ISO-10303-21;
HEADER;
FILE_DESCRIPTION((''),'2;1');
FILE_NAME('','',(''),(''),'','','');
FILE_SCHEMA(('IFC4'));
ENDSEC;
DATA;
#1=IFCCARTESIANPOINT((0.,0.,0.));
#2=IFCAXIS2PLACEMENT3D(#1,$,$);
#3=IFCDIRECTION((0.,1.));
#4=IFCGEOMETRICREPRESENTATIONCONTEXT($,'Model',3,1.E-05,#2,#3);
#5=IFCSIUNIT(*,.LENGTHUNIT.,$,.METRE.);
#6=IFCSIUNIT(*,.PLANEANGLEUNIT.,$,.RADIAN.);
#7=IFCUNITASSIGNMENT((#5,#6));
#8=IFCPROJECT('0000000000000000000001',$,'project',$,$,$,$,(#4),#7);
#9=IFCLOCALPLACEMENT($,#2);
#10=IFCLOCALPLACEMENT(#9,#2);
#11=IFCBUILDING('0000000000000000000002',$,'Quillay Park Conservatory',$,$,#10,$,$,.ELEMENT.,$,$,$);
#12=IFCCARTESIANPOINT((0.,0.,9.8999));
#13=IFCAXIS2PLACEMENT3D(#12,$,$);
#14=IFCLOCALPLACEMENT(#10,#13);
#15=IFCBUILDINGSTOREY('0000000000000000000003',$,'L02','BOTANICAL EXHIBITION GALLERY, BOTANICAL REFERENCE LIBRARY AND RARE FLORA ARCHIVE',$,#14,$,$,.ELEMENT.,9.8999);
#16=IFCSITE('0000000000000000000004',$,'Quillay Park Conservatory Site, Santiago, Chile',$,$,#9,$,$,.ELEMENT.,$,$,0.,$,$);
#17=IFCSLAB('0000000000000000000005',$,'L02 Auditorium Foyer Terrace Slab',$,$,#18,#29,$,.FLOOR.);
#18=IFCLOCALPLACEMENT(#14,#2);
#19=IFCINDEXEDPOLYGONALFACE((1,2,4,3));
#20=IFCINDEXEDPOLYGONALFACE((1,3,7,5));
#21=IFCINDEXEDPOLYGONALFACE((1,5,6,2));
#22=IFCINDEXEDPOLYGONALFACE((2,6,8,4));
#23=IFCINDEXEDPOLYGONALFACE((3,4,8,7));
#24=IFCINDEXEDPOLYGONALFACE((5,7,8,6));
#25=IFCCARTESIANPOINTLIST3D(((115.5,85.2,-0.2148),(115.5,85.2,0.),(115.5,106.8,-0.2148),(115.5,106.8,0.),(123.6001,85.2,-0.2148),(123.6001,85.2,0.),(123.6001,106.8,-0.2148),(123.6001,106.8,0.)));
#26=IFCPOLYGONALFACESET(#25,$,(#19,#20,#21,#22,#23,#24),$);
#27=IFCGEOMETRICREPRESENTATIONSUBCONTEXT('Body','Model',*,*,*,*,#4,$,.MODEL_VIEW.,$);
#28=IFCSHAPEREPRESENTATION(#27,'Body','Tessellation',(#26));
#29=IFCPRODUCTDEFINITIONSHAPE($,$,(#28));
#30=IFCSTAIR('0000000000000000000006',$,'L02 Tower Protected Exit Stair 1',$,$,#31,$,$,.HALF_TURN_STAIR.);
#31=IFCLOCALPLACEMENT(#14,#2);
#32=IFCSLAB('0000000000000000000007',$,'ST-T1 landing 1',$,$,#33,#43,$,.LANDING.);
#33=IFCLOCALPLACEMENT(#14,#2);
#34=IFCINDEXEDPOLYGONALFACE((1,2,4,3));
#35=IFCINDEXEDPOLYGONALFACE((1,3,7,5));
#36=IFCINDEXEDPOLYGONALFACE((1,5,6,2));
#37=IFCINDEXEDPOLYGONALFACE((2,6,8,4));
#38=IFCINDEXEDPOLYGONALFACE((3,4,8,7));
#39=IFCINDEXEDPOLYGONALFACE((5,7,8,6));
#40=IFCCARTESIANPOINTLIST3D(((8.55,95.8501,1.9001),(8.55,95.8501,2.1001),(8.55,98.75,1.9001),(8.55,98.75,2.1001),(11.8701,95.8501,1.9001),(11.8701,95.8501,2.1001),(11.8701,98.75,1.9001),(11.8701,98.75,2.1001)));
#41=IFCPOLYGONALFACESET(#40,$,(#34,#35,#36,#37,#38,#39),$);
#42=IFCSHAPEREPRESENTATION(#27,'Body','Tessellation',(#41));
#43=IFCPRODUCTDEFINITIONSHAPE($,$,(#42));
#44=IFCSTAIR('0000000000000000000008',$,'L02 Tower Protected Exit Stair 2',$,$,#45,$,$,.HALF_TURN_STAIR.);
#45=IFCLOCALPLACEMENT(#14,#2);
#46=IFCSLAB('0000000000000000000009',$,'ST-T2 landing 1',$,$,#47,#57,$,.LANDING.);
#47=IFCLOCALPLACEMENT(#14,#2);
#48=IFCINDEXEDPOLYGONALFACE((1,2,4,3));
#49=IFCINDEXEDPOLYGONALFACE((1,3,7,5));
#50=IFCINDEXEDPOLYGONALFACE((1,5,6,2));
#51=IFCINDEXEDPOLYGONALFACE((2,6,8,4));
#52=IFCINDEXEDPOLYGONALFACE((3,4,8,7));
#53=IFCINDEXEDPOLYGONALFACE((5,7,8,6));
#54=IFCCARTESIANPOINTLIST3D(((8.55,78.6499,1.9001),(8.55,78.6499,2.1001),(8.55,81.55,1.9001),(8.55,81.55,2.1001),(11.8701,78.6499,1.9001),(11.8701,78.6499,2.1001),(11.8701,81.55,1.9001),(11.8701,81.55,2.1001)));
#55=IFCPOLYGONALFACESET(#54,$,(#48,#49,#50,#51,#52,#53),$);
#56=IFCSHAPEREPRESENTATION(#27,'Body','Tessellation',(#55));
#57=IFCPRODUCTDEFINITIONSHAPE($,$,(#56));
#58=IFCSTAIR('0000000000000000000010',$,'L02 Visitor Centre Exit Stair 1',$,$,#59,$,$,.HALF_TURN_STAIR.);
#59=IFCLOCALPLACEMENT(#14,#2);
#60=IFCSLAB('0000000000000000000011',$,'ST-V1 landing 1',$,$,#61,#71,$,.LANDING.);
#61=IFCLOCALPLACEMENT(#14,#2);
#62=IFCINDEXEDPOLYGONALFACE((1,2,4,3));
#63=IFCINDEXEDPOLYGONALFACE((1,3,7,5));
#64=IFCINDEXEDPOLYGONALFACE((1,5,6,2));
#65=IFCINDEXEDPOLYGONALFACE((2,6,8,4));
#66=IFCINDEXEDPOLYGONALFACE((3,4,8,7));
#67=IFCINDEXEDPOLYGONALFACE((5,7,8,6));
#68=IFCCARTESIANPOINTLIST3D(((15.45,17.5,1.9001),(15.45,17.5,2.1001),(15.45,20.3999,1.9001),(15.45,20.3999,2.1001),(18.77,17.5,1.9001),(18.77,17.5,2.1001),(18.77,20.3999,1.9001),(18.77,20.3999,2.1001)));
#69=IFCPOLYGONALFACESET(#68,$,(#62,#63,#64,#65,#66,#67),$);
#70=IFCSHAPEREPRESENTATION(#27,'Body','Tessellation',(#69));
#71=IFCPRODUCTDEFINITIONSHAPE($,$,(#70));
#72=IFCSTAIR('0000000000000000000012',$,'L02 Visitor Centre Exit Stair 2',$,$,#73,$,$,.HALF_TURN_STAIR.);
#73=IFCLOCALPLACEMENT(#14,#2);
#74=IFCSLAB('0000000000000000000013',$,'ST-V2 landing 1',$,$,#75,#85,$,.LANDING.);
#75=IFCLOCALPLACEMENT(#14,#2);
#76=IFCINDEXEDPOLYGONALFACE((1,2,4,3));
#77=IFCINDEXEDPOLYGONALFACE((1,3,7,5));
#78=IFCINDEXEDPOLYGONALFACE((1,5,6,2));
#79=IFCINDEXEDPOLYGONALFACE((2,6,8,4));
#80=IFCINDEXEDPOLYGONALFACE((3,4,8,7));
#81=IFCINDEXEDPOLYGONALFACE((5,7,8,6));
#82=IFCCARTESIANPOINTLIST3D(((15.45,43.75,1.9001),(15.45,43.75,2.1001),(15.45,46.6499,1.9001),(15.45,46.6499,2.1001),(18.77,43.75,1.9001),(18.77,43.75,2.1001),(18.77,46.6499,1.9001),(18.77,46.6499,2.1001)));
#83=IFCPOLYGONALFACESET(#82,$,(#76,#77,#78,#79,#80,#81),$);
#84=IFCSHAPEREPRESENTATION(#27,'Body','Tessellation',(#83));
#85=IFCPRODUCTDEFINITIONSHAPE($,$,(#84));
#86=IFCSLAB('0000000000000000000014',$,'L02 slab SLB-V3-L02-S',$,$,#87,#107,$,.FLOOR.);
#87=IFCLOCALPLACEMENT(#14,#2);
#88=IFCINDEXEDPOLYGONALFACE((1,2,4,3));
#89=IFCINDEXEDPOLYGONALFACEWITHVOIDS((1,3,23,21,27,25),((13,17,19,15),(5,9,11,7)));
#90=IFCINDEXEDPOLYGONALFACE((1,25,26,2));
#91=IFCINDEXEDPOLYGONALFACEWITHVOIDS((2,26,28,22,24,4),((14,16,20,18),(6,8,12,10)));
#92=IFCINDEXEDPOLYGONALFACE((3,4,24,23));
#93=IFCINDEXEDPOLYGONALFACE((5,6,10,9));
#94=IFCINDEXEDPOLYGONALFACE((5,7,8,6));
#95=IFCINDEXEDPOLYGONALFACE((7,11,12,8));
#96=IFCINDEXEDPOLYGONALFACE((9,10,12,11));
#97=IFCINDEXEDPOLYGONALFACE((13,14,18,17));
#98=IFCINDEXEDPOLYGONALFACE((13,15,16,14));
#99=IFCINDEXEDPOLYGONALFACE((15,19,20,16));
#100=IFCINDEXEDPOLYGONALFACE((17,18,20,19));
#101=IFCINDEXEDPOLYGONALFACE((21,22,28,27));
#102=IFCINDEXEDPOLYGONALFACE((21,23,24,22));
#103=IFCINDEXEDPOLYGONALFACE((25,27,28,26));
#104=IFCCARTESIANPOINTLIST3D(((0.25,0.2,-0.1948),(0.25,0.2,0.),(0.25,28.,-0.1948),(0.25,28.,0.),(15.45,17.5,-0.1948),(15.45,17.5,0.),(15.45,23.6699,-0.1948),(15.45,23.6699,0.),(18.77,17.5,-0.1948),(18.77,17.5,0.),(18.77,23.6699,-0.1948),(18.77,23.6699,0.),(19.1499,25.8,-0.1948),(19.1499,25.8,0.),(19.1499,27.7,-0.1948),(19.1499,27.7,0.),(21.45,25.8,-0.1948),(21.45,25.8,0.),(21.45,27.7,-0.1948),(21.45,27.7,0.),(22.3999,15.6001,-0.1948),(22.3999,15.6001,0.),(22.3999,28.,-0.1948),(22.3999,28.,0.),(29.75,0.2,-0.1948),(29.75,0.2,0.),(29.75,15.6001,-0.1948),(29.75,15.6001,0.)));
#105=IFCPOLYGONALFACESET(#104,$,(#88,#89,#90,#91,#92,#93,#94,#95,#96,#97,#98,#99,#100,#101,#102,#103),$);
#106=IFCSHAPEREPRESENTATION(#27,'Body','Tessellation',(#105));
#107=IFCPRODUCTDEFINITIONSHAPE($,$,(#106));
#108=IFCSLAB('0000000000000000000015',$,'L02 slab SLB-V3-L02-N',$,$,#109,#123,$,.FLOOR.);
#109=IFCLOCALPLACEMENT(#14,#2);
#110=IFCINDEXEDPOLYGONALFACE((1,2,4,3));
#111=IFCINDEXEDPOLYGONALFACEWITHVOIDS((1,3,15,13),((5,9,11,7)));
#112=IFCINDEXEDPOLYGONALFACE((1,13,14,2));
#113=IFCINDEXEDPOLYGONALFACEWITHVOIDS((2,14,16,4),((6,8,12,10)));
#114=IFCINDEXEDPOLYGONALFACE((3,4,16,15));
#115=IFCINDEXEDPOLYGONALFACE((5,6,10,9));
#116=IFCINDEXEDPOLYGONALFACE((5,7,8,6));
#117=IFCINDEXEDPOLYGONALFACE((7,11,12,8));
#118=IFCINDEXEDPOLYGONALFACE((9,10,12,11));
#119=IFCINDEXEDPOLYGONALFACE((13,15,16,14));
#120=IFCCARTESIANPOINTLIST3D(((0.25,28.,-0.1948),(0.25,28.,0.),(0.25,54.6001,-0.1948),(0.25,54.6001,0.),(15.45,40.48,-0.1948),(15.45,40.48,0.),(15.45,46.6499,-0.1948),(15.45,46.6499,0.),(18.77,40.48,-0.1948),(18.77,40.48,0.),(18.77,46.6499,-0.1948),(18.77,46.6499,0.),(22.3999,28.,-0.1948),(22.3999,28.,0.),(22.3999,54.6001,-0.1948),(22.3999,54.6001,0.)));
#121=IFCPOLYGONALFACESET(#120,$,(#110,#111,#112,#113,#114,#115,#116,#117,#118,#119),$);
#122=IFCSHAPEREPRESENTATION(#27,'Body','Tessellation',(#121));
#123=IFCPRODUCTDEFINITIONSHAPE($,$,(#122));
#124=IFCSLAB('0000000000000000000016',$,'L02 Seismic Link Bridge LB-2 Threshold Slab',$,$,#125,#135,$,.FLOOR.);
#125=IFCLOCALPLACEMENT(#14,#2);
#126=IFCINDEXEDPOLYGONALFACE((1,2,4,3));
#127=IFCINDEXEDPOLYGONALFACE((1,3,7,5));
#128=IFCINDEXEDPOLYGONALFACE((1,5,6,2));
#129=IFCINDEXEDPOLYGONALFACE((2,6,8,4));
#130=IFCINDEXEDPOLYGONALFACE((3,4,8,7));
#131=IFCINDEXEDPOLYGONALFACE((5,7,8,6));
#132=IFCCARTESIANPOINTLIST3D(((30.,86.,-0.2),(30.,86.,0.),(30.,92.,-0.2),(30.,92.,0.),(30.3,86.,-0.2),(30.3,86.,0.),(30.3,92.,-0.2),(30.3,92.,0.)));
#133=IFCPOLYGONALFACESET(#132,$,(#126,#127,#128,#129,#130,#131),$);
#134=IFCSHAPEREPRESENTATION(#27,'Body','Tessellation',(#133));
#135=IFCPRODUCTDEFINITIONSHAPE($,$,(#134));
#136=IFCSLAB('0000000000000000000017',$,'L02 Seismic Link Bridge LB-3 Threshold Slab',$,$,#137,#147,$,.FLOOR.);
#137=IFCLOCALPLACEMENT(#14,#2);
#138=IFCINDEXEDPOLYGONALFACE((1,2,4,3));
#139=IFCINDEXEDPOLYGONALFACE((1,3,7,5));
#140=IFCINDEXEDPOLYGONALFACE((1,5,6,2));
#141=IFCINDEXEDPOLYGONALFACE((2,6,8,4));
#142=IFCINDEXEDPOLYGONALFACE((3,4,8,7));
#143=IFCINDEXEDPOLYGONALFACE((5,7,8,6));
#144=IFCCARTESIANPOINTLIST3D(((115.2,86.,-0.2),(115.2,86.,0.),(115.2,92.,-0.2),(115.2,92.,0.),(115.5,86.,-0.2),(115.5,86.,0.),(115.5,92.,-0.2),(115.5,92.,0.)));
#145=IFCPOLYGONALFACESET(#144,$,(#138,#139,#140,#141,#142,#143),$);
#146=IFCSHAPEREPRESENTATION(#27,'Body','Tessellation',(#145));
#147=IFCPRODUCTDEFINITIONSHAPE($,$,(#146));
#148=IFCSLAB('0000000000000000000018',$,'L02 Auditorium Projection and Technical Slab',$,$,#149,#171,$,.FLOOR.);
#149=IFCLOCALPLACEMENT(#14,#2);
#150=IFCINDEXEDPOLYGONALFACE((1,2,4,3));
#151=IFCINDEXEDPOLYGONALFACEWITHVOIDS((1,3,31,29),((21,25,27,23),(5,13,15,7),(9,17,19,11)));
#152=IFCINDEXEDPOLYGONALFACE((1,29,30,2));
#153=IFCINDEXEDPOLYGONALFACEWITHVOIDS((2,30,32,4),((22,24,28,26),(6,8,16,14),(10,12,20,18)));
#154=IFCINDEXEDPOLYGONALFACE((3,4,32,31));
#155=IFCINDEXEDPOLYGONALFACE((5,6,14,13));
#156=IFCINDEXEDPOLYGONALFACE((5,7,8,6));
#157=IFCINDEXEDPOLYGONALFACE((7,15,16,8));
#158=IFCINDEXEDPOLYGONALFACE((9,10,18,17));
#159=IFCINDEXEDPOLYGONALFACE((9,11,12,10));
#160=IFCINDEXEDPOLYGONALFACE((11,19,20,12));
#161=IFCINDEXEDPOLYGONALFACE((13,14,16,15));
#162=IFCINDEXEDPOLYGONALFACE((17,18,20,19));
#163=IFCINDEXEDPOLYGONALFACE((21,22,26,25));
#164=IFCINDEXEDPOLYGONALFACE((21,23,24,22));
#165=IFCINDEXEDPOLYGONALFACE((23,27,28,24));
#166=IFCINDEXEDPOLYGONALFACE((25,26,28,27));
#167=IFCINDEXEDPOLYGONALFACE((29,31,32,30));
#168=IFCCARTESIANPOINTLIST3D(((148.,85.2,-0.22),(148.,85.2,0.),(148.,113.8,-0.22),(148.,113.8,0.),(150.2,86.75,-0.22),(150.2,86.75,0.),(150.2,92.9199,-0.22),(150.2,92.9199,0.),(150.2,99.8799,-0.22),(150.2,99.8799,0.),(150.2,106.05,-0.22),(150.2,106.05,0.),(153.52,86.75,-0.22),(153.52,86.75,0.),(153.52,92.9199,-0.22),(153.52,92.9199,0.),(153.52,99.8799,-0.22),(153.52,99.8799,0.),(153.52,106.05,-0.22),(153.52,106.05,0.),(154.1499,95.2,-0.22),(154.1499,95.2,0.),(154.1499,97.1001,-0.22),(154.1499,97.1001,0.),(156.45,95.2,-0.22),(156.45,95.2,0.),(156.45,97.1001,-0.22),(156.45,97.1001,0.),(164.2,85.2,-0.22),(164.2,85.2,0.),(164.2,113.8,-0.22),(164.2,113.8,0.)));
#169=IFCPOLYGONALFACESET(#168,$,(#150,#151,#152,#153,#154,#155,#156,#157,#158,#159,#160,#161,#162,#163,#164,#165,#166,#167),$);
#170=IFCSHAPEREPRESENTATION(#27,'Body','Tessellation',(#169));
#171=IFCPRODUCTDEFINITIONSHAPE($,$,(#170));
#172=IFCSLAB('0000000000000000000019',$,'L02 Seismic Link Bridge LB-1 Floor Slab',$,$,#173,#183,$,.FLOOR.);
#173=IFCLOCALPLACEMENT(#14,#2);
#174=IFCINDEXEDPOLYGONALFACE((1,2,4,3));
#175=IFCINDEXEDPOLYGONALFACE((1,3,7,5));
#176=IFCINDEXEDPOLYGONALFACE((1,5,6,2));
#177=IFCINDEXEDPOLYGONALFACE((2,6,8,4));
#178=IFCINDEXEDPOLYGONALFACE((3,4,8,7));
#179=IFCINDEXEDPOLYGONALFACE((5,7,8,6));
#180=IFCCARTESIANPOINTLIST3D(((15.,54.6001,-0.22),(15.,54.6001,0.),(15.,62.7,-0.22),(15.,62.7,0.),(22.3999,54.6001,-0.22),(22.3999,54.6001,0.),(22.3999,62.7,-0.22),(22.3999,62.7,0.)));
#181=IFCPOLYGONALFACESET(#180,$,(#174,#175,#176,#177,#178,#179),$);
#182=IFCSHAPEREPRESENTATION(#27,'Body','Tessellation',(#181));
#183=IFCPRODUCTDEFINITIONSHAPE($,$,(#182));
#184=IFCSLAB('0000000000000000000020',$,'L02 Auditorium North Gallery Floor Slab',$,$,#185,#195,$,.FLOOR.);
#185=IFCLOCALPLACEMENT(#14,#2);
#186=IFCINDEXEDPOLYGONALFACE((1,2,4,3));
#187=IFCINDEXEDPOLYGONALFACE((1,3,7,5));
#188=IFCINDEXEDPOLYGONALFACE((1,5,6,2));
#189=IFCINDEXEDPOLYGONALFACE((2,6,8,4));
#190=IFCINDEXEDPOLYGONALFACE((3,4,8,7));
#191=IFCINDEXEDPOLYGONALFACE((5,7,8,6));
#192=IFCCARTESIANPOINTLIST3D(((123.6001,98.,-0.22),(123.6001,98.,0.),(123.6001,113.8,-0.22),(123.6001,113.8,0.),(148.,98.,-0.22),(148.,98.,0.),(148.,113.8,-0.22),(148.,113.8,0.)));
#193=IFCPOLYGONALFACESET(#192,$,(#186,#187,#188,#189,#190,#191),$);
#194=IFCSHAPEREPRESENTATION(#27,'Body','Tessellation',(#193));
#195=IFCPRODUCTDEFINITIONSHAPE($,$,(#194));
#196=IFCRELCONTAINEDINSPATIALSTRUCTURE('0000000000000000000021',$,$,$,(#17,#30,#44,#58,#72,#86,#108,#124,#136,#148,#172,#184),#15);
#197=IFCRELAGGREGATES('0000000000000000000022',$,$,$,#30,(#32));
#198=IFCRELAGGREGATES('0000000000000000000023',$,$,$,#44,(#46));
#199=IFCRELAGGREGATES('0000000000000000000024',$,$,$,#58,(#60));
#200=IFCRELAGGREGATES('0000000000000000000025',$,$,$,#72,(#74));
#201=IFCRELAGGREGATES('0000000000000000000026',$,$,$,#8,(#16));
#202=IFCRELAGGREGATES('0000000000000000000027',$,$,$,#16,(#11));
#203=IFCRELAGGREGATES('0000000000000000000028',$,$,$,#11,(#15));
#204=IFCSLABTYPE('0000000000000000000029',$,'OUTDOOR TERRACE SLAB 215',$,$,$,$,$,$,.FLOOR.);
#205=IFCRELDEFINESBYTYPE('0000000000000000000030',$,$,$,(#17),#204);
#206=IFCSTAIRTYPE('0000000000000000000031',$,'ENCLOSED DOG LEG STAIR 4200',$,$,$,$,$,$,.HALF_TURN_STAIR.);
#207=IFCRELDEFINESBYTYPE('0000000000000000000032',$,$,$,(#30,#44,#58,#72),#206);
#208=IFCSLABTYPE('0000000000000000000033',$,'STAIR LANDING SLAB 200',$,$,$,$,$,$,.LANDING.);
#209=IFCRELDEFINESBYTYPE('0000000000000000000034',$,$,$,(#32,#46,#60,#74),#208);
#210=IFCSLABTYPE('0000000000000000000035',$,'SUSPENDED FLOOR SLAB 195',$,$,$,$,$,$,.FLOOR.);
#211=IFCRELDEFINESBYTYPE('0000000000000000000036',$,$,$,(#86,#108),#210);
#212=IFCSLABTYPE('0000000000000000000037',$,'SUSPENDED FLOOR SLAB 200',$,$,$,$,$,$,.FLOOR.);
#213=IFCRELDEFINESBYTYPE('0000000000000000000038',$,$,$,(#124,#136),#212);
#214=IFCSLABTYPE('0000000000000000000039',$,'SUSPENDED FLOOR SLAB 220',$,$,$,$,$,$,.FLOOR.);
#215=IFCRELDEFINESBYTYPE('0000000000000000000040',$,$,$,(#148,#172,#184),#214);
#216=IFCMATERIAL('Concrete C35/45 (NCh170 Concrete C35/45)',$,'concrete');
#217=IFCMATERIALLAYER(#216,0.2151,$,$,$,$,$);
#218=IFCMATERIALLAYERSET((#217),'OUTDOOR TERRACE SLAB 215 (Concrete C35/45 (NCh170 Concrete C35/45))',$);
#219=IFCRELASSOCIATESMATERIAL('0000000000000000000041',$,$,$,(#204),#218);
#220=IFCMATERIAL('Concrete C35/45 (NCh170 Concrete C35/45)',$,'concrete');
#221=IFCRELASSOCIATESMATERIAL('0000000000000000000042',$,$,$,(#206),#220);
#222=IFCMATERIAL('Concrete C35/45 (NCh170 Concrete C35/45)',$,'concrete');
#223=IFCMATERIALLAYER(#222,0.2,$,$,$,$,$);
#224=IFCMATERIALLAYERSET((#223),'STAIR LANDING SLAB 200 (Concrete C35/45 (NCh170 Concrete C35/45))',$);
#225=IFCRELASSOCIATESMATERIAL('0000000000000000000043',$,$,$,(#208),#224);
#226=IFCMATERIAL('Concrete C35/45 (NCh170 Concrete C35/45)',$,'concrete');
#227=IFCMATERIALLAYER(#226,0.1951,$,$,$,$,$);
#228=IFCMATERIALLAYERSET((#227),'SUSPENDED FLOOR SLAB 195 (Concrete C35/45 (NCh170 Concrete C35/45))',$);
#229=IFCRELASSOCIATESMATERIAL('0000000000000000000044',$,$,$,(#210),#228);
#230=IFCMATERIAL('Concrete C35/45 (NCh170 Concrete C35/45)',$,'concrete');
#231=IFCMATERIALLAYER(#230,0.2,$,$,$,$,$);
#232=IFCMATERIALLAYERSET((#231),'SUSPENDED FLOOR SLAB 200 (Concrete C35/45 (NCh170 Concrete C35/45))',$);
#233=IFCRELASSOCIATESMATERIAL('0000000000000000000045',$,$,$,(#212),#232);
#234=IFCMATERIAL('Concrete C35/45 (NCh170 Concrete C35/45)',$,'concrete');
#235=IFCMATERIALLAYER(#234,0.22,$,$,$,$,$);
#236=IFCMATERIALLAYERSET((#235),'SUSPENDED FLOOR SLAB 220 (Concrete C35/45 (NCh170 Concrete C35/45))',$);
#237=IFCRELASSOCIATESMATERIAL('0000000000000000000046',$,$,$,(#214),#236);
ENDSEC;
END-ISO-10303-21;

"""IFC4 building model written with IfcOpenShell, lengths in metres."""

from ifc_helpers import new_model, si_unit, direction, frame, origin, place, context, subcontext, project, spatial, polyline, outline, extrude, material, layer, layer_set, type_object, element, aggregate, save


model = new_model("IFC4")

# Units and contexts
model_context = context("Model", 3, precision=1e-05, world=origin(), true_north=direction((0.0, 1.0)))
body_context = subcontext(model_context, "Body", "Model", "MODEL_VIEW")
ifc_project = project(units=[si_unit("LENGTHUNIT", "METRE"), si_unit("PLANEANGLEUNIT", "RADIAN")], contexts=[model_context])

# Site, building, storey
site_placement = place(None, origin())
site = spatial("IfcSite", under=ifc_project, at=site_placement, Name="Quillay Park Conservatory Site, Santiago, Chile", CompositionType="ELEMENT", RefElevation=0.0)
building_placement = place(site_placement, origin())
building = spatial("IfcBuilding", under=site, at=building_placement, Name="Quillay Park Conservatory", CompositionType="ELEMENT")
storey_placement = place(building_placement, frame((0.0, 0.0, 9.8999)))
storey = spatial("IfcBuildingStorey", under=building, at=storey_placement, Name="L02", Description="BOTANICAL EXHIBITION GALLERY, BOTANICAL REFERENCE LIBRARY AND RARE FLORA ARCHIVE", CompositionType="ELEMENT", Elevation=9.8999)

# Slab
ifc_material_1 = material(Name="Concrete C35/45 (NCh170 Concrete C35/45)", Category="concrete")
ifc_layer_1 = layer(ifc_material_1, 0.2151)
ifc_layer_set_1 = layer_set([ifc_layer_1], Name="OUTDOOR TERRACE SLAB 215 (Concrete C35/45 (NCh170 Concrete C35/45))")
slab_type_1 = type_object("IfcSlabType", Name="OUTDOOR TERRACE SLAB 215", PredefinedType="FLOOR", material=ifc_layer_set_1)
slab_1_placement = place(storey_placement, frame((0.0, 0.0, -0.2148)))
element("IfcSlab", 1, at=slab_1_placement, inside=storey, type_object=slab_type_1, Name="L02 Auditorium Foyer Terrace Slab", PredefinedType="FLOOR", context=body_context, shape_type="SweptSolid", body=[
    extrude(outline(polyline([(115.5, 85.2), (123.6001, 85.2), (123.6001, 106.8), (115.5, 106.8), (115.5, 85.2)])), origin(), (0.0, 0.0, 1.0), 0.2148),
])

# Stairs, slabs
ifc_material_2 = material(Name="Concrete C35/45 (NCh170 Concrete C35/45)", Category="concrete")
stair_type = type_object("IfcStairType", Name="ENCLOSED DOG LEG STAIR 4200", PredefinedType="HALF_TURN_STAIR", material=ifc_material_2)
stair_1_placement = place(storey_placement, origin())
stair_1 = element("IfcStair", 2, at=stair_1_placement, inside=storey, type_object=stair_type, Name="L02 Tower Protected Exit Stair 1", PredefinedType="HALF_TURN_STAIR")
ifc_material_3 = material(Name="Concrete C35/45 (NCh170 Concrete C35/45)", Category="concrete")
ifc_layer_2 = layer(ifc_material_3, 0.2)
ifc_layer_set_2 = layer_set([ifc_layer_2], Name="STAIR LANDING SLAB 200 (Concrete C35/45 (NCh170 Concrete C35/45))")
slab_type_2 = type_object("IfcSlabType", Name="STAIR LANDING SLAB 200", PredefinedType="LANDING", material=ifc_layer_set_2)
slab_2_placement = place(storey_placement, frame((0.0, 0.0, 1.9001)))
slab_2 = element("IfcSlab", 3, at=slab_2_placement, type_object=slab_type_2, Name="ST-T1 landing 1", PredefinedType="LANDING", context=body_context, shape_type="SweptSolid", body=[
    extrude(outline(polyline([(11.8701, 95.8501), (11.8701, 98.75), (8.55, 98.75), (8.55, 95.8501), (11.8701, 95.8501)])), origin(), (0.0, 0.0, 1.0), 0.2),
])
aggregate(stair_1, [slab_2])
stair_2_placement = place(storey_placement, origin())
stair_2 = element("IfcStair", 4, at=stair_2_placement, inside=storey, type_object=stair_type, Name="L02 Tower Protected Exit Stair 2", PredefinedType="HALF_TURN_STAIR")
slab_3_placement = place(storey_placement, frame((0.0, 0.0, 1.9001)))
slab_3 = element("IfcSlab", 5, at=slab_3_placement, type_object=slab_type_2, Name="ST-T2 landing 1", PredefinedType="LANDING", context=body_context, shape_type="SweptSolid", body=[
    extrude(outline(polyline([(8.55, 81.55), (8.55, 78.6499), (11.8701, 78.6499), (11.8701, 81.55), (8.55, 81.55)])), origin(), (0.0, 0.0, 1.0), 0.2),
])
aggregate(stair_2, [slab_3])
stair_3_placement = place(storey_placement, origin())
stair_3 = element("IfcStair", 6, at=stair_3_placement, inside=storey, type_object=stair_type, Name="L02 Visitor Centre Exit Stair 1", PredefinedType="HALF_TURN_STAIR")
slab_4_placement = place(storey_placement, frame((0.0, 0.0, 1.9001)))
slab_4 = element("IfcSlab", 7, at=slab_4_placement, type_object=slab_type_2, Name="ST-V1 landing 1", PredefinedType="LANDING", context=body_context, shape_type="SweptSolid", body=[
    extrude(outline(polyline([(15.45, 20.3999), (15.45, 17.5), (18.77, 17.5), (18.77, 20.3999), (15.45, 20.3999)])), origin(), (0.0, 0.0, 1.0), 0.2),
])
aggregate(stair_3, [slab_4])
stair_4_placement = place(storey_placement, origin())
stair_4 = element("IfcStair", 8, at=stair_4_placement, inside=storey, type_object=stair_type, Name="L02 Visitor Centre Exit Stair 2", PredefinedType="HALF_TURN_STAIR")
slab_5_placement = place(storey_placement, frame((0.0, 0.0, 1.9001)))
slab_5 = element("IfcSlab", 9, at=slab_5_placement, type_object=slab_type_2, Name="ST-V2 landing 1", PredefinedType="LANDING", context=body_context, shape_type="SweptSolid", body=[
    extrude(outline(polyline([(18.77, 43.75), (18.77, 46.6499), (15.45, 46.6499), (15.45, 43.75), (18.77, 43.75)])), origin(), (0.0, 0.0, 1.0), 0.2),
])
aggregate(stair_4, [slab_5])

# Slabs
ifc_material_4 = material(Name="Concrete C35/45 (NCh170 Concrete C35/45)", Category="concrete")
ifc_layer_3 = layer(ifc_material_4, 0.1951)
ifc_layer_set_3 = layer_set([ifc_layer_3], Name="SUSPENDED FLOOR SLAB 195 (Concrete C35/45 (NCh170 Concrete C35/45))")
slab_type_3 = type_object("IfcSlabType", Name="SUSPENDED FLOOR SLAB 195", PredefinedType="FLOOR", material=ifc_layer_set_3)
slab_6_placement = place(storey_placement, frame((0.0, 0.0, -0.1948)))
element("IfcSlab", 10, at=slab_6_placement, inside=storey, type_object=slab_type_3, Name="L02 slab SLB-V3-L02-S", PredefinedType="FLOOR", context=body_context, shape_type="SweptSolid", body=[
    extrude(outline(polyline([(0.25, 0.2), (29.75, 0.2), (29.75, 15.6001), (22.3999, 15.6001), (22.3999, 28.0), (0.25, 28.0), (0.25, 0.2)]), holes=[polyline([(15.45, 17.5), (18.77, 17.5), (18.77, 23.6699), (15.45, 23.6699), (15.45, 17.5)]), polyline([(19.1499, 25.8), (21.45, 25.8), (21.45, 27.7), (19.1499, 27.7), (19.1499, 25.8)])]), origin(), (0.0, 0.0, 1.0), 0.1948),
])
slab_7_placement = place(storey_placement, frame((0.0, 0.0, -0.1948)))
element("IfcSlab", 11, at=slab_7_placement, inside=storey, type_object=slab_type_3, Name="L02 slab SLB-V3-L02-N", PredefinedType="FLOOR", context=body_context, shape_type="SweptSolid", body=[
    extrude(outline(polyline([(0.25, 28.0), (22.3999, 28.0), (22.3999, 54.6001), (0.25, 54.6001), (0.25, 28.0)]), holes=[polyline([(15.45, 40.48), (18.77, 40.48), (18.77, 46.6499), (15.45, 46.6499), (15.45, 40.48)])]), origin(), (0.0, 0.0, 1.0), 0.1948),
])
ifc_material_5 = material(Name="Concrete C35/45 (NCh170 Concrete C35/45)", Category="concrete")
ifc_layer_4 = layer(ifc_material_5, 0.2)
ifc_layer_set_4 = layer_set([ifc_layer_4], Name="SUSPENDED FLOOR SLAB 200 (Concrete C35/45 (NCh170 Concrete C35/45))")
slab_type_4 = type_object("IfcSlabType", Name="SUSPENDED FLOOR SLAB 200", PredefinedType="FLOOR", material=ifc_layer_set_4)
slab_8_placement = place(storey_placement, frame((0.0, 0.0, -0.2)))
element("IfcSlab", 12, at=slab_8_placement, inside=storey, type_object=slab_type_4, Name="L02 Seismic Link Bridge LB-2 Threshold Slab", PredefinedType="FLOOR", context=body_context, shape_type="SweptSolid", body=[
    extrude(outline(polyline([(30.0, 86.0), (30.3, 86.0), (30.3, 92.0), (30.0, 92.0), (30.0, 86.0)])), origin(), (0.0, 0.0, 1.0), 0.2),
])
slab_9_placement = place(storey_placement, frame((0.0, 0.0, -0.2)))
element("IfcSlab", 13, at=slab_9_placement, inside=storey, type_object=slab_type_4, Name="L02 Seismic Link Bridge LB-3 Threshold Slab", PredefinedType="FLOOR", context=body_context, shape_type="SweptSolid", body=[
    extrude(outline(polyline([(115.2, 86.0), (115.5, 86.0), (115.5, 92.0), (115.2, 92.0), (115.2, 86.0)])), origin(), (0.0, 0.0, 1.0), 0.2),
])
ifc_material_6 = material(Name="Concrete C35/45 (NCh170 Concrete C35/45)", Category="concrete")
ifc_layer_5 = layer(ifc_material_6, 0.22)
ifc_layer_set_5 = layer_set([ifc_layer_5], Name="SUSPENDED FLOOR SLAB 220 (Concrete C35/45 (NCh170 Concrete C35/45))")
slab_type_5 = type_object("IfcSlabType", Name="SUSPENDED FLOOR SLAB 220", PredefinedType="FLOOR", material=ifc_layer_set_5)
slab_10_placement = place(storey_placement, frame((0.0, 0.0, -0.22)))
element("IfcSlab", 14, at=slab_10_placement, inside=storey, type_object=slab_type_5, Name="L02 Auditorium Projection and Technical Slab", PredefinedType="FLOOR", context=body_context, shape_type="SweptSolid", body=[
    extrude(outline(polyline([(148.0, 85.2), (164.2, 85.2), (164.2, 113.8), (148.0, 113.8), (148.0, 85.2)]), holes=[polyline([(150.2, 86.75), (153.52, 86.75), (153.52, 92.9199), (150.2, 92.9199), (150.2, 86.75)]), polyline([(150.2, 99.8799), (153.52, 99.8799), (153.52, 106.05), (150.2, 106.05), (150.2, 99.8799)]), polyline([(154.1499, 95.2), (156.45, 95.2), (156.45, 97.1001), (154.1499, 97.1001), (154.1499, 95.2)])]), origin(), (0.0, 0.0, 1.0), 0.22),
])
slab_11_placement = place(storey_placement, frame((0.0, 0.0, -0.22)))
element("IfcSlab", 15, at=slab_11_placement, inside=storey, type_object=slab_type_5, Name="L02 Seismic Link Bridge LB-1 Floor Slab", PredefinedType="FLOOR", context=body_context, shape_type="SweptSolid", body=[
    extrude(outline(polyline([(15.0, 54.6001), (22.3999, 54.6001), (22.3999, 62.7), (15.0, 62.7), (15.0, 54.6001)])), origin(), (0.0, 0.0, 1.0), 0.22),
])
slab_12_placement = place(storey_placement, frame((0.0, 0.0, -0.22)))
element("IfcSlab", 16, at=slab_12_placement, inside=storey, type_object=slab_type_5, Name="L02 Auditorium North Gallery Floor Slab", PredefinedType="FLOOR", context=body_context, shape_type="SweptSolid", body=[
    extrude(outline(polyline([(123.6001, 98.0), (148.0, 98.0), (148.0, 113.8), (123.6001, 113.8), (123.6001, 98.0)])), origin(), (0.0, 0.0, 1.0), 0.22),
])

save(model, "model.ifc")
